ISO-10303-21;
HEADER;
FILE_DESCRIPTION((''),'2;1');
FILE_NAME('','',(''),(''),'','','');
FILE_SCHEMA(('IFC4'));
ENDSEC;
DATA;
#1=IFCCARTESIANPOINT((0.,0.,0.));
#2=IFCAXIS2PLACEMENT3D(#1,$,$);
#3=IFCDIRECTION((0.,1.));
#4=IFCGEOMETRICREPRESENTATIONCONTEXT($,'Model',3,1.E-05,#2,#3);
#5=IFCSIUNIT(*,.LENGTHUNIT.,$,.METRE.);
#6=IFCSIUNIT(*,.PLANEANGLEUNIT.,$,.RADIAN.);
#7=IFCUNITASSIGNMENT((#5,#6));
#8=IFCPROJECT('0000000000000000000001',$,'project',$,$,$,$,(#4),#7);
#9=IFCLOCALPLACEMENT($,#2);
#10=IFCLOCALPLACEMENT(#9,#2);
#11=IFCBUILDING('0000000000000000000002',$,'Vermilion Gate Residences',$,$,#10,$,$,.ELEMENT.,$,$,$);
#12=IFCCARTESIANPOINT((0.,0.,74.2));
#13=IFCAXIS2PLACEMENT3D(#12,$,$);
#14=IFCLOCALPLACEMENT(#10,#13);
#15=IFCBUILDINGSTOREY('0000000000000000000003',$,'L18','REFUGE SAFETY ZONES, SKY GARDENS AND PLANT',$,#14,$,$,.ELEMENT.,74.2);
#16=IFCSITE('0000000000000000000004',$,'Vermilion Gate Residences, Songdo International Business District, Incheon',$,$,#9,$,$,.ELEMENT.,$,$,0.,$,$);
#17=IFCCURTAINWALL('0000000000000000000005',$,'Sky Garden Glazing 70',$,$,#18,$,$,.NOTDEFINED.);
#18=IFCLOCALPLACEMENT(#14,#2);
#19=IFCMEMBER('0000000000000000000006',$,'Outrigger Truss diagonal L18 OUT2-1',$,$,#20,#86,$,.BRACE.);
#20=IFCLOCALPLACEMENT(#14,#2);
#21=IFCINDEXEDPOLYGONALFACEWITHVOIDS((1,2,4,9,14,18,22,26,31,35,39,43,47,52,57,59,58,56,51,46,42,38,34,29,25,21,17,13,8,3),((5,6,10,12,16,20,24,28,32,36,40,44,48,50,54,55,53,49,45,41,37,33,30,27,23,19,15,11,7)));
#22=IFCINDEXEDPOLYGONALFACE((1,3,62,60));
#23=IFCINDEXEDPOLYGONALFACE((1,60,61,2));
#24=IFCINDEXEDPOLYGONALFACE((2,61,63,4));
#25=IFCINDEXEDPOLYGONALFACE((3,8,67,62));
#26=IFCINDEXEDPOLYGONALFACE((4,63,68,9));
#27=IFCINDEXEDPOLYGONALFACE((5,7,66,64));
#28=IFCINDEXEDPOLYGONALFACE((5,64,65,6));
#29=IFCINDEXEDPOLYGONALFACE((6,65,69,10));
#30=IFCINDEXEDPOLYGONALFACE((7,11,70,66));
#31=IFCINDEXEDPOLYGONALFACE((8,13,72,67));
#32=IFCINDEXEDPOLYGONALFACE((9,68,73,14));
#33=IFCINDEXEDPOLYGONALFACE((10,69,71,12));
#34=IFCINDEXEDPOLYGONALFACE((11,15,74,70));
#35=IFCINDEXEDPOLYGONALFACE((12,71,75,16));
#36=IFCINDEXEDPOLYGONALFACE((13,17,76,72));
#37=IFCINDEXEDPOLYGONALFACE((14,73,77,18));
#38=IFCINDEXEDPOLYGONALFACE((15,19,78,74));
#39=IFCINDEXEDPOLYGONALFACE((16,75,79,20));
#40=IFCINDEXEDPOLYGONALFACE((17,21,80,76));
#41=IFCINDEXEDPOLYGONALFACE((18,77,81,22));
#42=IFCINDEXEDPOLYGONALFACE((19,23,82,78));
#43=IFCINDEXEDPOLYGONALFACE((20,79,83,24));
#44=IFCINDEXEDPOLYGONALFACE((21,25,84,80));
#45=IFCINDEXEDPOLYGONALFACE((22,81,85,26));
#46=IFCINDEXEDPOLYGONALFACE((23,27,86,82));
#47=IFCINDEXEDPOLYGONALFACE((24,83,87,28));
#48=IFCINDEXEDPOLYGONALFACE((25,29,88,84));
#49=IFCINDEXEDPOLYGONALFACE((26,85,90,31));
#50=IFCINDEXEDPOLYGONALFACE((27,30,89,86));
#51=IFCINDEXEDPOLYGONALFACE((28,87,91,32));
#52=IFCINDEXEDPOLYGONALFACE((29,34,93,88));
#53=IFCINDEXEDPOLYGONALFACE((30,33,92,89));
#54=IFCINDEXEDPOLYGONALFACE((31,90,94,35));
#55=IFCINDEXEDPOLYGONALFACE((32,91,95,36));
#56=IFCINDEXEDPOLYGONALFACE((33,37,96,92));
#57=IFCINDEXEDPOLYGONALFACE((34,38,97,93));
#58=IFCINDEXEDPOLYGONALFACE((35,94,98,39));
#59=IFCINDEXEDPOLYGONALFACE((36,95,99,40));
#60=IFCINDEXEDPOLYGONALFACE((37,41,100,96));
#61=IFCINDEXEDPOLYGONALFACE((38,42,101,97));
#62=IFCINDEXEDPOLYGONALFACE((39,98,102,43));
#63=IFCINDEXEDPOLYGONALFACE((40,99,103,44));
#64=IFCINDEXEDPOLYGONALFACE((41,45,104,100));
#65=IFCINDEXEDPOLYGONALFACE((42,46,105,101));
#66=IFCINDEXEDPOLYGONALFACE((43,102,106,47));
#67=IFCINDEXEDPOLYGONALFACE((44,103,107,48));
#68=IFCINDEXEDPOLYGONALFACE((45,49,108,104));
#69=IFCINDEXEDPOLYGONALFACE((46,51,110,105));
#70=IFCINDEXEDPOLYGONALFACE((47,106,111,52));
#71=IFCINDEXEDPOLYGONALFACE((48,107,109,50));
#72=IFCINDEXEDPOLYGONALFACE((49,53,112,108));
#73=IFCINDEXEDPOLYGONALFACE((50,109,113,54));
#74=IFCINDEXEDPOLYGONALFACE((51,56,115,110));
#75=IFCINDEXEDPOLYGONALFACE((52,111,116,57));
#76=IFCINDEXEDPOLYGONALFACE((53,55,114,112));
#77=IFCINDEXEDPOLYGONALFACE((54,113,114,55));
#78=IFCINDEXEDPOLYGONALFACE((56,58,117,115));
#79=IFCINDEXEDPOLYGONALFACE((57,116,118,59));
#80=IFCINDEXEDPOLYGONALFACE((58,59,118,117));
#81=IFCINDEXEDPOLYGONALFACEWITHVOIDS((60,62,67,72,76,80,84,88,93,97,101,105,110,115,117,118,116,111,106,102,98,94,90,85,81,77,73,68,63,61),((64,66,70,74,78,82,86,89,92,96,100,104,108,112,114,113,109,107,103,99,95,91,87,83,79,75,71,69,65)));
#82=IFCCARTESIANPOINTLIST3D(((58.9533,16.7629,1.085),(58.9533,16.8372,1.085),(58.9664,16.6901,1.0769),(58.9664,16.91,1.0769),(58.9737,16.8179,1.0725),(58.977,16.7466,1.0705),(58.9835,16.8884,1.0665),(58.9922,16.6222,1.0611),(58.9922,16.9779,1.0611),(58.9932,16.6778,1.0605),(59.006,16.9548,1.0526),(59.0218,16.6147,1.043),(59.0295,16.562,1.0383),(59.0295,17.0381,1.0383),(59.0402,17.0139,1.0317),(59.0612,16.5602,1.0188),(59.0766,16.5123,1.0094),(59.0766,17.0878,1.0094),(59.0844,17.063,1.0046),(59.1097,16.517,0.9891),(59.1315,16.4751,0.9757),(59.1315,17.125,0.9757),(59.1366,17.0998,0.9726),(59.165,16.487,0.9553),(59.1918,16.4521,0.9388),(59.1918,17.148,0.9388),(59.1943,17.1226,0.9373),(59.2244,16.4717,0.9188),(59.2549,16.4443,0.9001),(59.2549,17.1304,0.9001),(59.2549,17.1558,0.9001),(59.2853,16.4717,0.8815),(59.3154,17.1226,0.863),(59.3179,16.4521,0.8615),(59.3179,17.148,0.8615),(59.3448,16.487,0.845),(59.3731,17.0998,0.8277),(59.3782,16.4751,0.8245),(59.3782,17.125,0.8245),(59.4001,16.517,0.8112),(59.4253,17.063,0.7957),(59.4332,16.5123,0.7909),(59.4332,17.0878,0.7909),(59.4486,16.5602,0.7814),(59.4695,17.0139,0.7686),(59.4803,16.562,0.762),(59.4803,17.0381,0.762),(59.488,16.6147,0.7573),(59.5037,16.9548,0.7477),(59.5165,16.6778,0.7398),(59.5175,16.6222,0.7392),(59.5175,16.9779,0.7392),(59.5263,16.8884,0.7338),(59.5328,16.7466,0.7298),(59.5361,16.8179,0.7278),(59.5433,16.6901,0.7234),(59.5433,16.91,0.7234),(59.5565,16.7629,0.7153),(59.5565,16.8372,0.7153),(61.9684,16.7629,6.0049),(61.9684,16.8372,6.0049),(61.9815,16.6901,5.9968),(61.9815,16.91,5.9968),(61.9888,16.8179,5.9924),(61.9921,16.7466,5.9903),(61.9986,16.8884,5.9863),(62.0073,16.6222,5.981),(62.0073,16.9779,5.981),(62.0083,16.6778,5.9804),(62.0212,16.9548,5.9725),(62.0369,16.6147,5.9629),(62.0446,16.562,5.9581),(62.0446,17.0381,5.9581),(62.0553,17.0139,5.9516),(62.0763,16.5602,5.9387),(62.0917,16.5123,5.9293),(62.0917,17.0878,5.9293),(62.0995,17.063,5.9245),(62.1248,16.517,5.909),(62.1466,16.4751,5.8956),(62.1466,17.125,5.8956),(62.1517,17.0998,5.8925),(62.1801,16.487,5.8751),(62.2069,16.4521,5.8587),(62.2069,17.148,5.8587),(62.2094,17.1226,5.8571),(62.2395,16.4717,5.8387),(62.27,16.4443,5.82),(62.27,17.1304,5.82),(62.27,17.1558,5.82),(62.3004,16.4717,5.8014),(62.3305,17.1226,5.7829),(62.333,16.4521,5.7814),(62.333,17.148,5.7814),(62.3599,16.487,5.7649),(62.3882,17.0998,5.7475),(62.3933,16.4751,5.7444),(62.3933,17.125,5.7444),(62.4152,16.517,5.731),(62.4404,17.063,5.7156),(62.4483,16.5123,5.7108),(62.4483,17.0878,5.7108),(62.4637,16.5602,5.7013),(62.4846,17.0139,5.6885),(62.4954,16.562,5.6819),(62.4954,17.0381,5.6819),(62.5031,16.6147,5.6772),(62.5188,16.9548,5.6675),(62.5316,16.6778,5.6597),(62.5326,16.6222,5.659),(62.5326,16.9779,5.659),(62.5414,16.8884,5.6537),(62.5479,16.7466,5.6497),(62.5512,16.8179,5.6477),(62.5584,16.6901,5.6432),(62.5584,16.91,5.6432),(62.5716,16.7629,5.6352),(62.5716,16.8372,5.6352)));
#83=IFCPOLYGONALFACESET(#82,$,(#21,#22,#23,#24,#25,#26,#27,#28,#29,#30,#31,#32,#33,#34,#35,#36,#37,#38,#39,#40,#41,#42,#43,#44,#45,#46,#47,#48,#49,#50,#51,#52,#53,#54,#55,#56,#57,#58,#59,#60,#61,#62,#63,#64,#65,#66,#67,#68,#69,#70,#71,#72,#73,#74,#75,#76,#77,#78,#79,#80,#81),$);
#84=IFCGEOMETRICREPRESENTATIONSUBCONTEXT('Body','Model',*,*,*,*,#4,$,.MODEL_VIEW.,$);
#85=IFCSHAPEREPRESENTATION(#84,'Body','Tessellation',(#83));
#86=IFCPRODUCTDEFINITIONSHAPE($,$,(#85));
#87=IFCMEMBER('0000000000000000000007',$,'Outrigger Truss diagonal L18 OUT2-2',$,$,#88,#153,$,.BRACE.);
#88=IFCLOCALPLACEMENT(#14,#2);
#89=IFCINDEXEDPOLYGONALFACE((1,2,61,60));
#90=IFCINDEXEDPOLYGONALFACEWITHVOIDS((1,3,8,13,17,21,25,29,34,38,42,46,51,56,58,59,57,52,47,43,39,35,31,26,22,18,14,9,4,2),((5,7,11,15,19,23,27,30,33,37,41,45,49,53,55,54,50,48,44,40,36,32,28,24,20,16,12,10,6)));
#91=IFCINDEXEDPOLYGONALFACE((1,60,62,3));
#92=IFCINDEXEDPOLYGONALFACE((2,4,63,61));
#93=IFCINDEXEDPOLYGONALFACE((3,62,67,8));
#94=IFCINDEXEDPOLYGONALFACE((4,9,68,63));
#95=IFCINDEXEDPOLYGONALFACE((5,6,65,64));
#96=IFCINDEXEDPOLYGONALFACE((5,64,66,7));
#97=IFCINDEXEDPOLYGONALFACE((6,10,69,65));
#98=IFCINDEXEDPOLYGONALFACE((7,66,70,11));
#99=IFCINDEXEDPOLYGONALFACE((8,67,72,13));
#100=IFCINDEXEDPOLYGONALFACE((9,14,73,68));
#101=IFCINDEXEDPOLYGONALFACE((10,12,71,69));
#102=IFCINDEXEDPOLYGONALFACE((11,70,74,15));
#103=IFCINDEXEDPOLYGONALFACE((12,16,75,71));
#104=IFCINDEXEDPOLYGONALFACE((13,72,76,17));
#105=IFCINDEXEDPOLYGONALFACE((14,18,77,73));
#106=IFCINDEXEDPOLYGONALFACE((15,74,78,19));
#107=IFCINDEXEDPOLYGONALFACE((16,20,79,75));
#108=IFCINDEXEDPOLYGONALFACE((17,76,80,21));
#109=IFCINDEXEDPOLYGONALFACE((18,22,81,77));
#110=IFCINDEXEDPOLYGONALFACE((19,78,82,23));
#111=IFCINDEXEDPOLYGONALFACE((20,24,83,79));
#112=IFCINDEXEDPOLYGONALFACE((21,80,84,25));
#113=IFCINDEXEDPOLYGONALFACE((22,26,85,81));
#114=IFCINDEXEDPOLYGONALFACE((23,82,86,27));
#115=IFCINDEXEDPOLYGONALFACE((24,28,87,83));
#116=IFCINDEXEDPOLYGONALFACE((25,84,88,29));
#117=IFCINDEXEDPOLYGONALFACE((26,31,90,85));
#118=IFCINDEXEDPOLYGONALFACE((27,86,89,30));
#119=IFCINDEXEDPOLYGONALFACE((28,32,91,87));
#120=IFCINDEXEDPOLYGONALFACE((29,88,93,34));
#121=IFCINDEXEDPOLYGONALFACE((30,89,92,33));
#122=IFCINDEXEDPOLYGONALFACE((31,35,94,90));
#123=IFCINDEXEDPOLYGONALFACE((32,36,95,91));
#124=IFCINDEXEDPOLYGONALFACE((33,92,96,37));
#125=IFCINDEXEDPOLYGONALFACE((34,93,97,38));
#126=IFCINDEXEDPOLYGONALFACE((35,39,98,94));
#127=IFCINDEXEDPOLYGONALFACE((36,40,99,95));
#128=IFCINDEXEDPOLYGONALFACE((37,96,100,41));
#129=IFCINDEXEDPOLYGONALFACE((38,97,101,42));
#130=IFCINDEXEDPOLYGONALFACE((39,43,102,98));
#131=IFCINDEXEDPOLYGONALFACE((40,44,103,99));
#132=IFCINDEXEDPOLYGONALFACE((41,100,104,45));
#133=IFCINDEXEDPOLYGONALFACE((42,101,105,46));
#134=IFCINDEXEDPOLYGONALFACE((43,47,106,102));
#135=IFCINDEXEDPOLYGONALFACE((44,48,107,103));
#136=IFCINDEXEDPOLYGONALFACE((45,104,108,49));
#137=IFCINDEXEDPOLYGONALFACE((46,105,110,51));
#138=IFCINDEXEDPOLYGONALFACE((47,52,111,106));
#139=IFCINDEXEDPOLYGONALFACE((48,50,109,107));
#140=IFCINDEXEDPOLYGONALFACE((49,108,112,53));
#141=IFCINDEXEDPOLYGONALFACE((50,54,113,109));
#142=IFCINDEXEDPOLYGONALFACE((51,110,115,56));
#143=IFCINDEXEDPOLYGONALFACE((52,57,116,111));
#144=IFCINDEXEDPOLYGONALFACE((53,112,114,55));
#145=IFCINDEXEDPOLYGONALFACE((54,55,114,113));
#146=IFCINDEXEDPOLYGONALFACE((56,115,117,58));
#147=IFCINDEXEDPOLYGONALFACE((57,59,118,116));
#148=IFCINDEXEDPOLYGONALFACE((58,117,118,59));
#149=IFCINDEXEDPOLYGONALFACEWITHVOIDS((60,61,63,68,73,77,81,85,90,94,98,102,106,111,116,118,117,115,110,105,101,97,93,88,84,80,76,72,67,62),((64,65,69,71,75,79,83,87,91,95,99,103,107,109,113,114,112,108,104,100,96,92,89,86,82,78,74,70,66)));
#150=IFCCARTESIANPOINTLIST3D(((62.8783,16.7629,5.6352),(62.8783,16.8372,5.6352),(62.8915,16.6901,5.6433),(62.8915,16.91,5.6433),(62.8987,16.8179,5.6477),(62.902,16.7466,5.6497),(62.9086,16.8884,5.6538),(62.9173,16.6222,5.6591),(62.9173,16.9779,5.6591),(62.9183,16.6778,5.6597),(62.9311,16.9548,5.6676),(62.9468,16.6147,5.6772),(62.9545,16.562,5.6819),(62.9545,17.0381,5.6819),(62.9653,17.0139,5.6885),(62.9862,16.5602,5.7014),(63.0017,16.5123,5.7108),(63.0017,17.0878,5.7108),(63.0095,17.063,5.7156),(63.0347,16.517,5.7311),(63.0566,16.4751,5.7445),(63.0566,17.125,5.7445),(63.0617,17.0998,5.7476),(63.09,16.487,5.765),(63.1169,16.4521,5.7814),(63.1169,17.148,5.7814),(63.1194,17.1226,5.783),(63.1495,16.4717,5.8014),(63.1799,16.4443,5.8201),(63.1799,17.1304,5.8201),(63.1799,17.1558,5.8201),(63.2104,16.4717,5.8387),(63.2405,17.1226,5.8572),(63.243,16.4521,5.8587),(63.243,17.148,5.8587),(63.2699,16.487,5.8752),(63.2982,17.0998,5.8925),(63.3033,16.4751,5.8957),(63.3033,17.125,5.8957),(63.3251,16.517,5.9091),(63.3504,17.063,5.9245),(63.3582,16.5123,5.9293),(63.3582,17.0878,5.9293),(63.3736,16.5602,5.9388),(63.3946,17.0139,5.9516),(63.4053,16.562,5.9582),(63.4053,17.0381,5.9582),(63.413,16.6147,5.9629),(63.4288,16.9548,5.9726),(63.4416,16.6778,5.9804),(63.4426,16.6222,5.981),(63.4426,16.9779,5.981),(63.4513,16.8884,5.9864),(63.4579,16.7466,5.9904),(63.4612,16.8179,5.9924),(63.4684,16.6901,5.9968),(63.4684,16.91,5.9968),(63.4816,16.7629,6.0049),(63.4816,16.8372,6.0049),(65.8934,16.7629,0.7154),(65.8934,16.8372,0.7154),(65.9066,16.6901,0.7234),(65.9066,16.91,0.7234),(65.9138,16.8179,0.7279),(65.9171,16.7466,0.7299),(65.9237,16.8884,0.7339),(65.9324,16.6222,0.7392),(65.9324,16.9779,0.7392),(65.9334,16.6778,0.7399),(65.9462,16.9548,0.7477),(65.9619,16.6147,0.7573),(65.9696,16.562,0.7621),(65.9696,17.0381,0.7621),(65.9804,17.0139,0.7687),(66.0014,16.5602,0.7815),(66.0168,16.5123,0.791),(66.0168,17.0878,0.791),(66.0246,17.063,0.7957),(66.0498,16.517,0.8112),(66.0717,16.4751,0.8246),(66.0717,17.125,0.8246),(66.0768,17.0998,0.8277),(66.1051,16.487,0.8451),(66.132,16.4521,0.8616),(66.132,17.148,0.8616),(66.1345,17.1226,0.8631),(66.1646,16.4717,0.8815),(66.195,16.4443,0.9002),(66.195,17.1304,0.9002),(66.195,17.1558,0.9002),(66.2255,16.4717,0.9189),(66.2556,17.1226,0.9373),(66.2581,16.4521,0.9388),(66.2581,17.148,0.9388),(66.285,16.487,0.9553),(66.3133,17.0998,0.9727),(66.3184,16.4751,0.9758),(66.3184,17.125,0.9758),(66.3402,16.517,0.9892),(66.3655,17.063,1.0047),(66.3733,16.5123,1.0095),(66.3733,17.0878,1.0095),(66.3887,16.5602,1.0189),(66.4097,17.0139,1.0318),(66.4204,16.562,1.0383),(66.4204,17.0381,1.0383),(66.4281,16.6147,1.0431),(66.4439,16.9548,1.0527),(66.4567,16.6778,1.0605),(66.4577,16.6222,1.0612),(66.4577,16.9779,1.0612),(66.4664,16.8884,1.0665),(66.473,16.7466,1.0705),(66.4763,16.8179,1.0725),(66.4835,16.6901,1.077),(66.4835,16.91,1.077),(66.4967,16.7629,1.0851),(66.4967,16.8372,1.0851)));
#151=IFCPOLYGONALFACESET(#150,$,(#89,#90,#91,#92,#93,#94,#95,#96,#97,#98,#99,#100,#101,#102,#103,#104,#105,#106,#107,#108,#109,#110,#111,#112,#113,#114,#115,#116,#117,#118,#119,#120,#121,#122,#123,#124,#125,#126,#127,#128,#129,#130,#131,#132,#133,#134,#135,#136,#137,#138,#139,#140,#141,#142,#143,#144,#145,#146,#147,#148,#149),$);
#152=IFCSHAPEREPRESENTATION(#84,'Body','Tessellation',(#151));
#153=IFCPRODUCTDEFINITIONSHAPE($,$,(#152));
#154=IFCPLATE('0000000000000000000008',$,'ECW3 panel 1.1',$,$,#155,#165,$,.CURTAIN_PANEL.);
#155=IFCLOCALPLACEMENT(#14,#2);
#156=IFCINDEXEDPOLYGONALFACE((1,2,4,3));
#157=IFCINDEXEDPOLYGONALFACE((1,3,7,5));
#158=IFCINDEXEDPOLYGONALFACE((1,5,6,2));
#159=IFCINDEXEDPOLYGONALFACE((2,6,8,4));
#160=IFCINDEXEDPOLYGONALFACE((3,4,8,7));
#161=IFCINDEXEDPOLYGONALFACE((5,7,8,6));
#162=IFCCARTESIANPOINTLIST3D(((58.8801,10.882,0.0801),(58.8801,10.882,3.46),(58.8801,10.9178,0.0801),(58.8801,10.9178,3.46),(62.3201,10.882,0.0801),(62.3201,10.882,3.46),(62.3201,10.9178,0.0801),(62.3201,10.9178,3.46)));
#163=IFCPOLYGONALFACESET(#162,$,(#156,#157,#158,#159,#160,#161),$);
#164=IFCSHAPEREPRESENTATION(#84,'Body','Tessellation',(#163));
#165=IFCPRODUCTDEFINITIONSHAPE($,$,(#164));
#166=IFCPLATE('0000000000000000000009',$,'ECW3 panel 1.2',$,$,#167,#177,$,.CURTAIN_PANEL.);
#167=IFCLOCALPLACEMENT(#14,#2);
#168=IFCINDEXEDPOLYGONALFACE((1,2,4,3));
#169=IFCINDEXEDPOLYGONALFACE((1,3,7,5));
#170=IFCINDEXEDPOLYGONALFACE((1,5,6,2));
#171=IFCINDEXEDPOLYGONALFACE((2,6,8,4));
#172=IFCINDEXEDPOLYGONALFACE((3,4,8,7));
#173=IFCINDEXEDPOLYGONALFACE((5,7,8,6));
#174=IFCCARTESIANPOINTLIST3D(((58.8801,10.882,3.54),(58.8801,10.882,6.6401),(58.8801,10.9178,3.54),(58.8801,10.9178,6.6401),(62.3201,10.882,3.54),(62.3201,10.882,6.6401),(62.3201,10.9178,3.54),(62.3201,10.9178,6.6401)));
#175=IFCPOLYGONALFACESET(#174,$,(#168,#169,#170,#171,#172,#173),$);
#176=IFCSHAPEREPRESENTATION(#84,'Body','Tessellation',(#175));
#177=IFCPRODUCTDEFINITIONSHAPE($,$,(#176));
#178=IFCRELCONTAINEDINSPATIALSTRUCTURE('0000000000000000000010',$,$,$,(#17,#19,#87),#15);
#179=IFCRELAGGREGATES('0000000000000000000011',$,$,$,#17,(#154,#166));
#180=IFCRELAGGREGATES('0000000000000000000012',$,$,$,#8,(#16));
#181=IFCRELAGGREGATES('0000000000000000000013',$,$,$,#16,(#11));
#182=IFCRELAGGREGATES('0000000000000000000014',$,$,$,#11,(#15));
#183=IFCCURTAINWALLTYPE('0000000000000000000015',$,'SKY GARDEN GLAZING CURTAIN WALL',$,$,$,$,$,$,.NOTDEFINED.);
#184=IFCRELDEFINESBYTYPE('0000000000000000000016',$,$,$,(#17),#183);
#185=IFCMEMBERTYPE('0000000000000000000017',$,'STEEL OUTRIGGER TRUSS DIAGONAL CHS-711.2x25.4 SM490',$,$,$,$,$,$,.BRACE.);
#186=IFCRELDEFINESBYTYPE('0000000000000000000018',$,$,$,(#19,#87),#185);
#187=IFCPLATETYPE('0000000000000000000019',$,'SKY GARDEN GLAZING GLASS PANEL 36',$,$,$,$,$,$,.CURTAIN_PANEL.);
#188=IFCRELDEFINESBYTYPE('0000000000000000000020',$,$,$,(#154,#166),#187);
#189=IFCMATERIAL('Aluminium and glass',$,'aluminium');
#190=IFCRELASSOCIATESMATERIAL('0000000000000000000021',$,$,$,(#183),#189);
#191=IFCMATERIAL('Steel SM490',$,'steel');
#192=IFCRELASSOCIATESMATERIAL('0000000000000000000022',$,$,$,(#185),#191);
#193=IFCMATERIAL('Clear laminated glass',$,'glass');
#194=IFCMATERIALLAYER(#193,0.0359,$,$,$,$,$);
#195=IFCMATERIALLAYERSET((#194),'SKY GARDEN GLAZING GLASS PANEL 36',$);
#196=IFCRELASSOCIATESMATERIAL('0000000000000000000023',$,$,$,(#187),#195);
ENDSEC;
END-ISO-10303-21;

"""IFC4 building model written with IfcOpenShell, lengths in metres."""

from ifc_helpers import new_model, si_unit, direction, frame, origin, origin_2d, place, context, subcontext, project, spatial, rectangle, hollow_circle, extrude, material, layer, layer_set, material_profile, profile_set, type_object, element, aggregate, save


model = new_model("IFC4")

# Units and contexts
model_context = context("Model", 3, precision=1e-05, world=origin(), true_north=direction((0.0, 1.0)))
body_context = subcontext(model_context, "Body", "Model", "MODEL_VIEW")
ifc_project = project(units=[si_unit("LENGTHUNIT", "METRE"), si_unit("PLANEANGLEUNIT", "RADIAN")], contexts=[model_context])

# Site, building, storey
site_placement = place(None, origin())
site = spatial("IfcSite", under=ifc_project, at=site_placement, Name="Vermilion Gate Residences, Songdo International Business District, Incheon", CompositionType="ELEMENT", RefElevation=0.0)
building_placement = place(site_placement, origin())
building = spatial("IfcBuilding", under=site, at=building_placement, Name="Vermilion Gate Residences", CompositionType="ELEMENT")
storey_placement = place(building_placement, frame((0.0, 0.0, 74.2)))
storey = spatial("IfcBuildingStorey", under=building, at=storey_placement, Name="L18", Description="REFUGE SAFETY ZONES, SKY GARDENS AND PLANT", CompositionType="ELEMENT", Elevation=74.2)

# Curtain wall
ifc_material_1 = material(Name="Aluminium and glass", Category="aluminium")
curtain_wall_type = type_object("IfcCurtainWallType", Name="SKY GARDEN GLAZING CURTAIN WALL", PredefinedType="NOTDEFINED", material=ifc_material_1)
curtain_wall_placement = place(storey_placement, origin())
curtain_wall = element("IfcCurtainWall", 1, at=curtain_wall_placement, inside=storey, type_object=curtain_wall_type, Name="Sky Garden Glazing 70", PredefinedType="NOTDEFINED")

# Members
ifc_material_2 = material(Name="Steel SM490", Category="steel")
ifc_material_profile_1 = material_profile(ifc_material_2, hollow_circle(Radius=0.3557, WallThickness=0.0254, at=origin_2d()), Name="CHS-711.2x25.4")
ifc_profile_set_1 = profile_set([ifc_material_profile_1], Name="Steel SM490")
member_type_1 = type_object("IfcMemberType", Name="STEEL OUTRIGGER TRUSS DIAGONAL CHS-711.2x25.4 SM490", PredefinedType="BRACE", material=ifc_profile_set_1)
for number, where, z_axis, x_axis, name in (
    (2, (59.2549, 16.8, 0.9001), (0.522524, 0.0, 0.852624), (0.0, 1.0, 0.0), "Outrigger Truss diagonal L18 OUT2-1"),
    (3, (63.1799, 16.8, 5.8201), (0.522524, 0.0, -0.852624), (0.0, 1.0, 0.0), "Outrigger Truss diagonal L18 OUT2-2"),
):
    element("IfcMember", number, at=place(storey_placement, frame(where, z_axis=z_axis, x_axis=x_axis)), inside=storey, type_object=member_type_1, Name=name, PredefinedType="BRACE", context=body_context, shape_type="SweptSolid", body=[
        extrude(hollow_circle(Radius=0.3557, WallThickness=0.0254, at=origin_2d()), origin(), (0.0, 0.0, 1.0), 5.7703),
    ])

# Plates
ifc_material_3 = material(Name="Clear laminated glass", Category="glass")
ifc_layer_1 = layer(ifc_material_3, 0.0359)
ifc_layer_set_1 = layer_set([ifc_layer_1], Name="SKY GARDEN GLAZING GLASS PANEL 36")
plate_type = type_object("IfcPlateType", Name="SKY GARDEN GLAZING GLASS PANEL 36", PredefinedType="CURTAIN_PANEL", material=ifc_layer_set_1)
plate_1_placement = place(storey_placement, frame((60.6001, 10.8999, 0.0801), z_axis=(0.0, 0.0, 1.0), x_axis=(1.0, 0.0, 0.0)))
plate_1 = element("IfcPlate", 4, at=plate_1_placement, type_object=plate_type, Name="ECW3 panel 1.1", PredefinedType="CURTAIN_PANEL", context=body_context, shape_type="SweptSolid", body=[
    extrude(rectangle(XDim=3.4399, YDim=0.0359, at=origin_2d()), origin(), (0.0, 0.0, 1.0), 3.3799),
])
plate_2_placement = place(storey_placement, frame((60.6001, 10.8999, 3.54), z_axis=(0.0, 0.0, 1.0), x_axis=(1.0, 0.0, 0.0)))
plate_2 = element("IfcPlate", 5, at=plate_2_placement, type_object=plate_type, Name="ECW3 panel 1.2", PredefinedType="CURTAIN_PANEL", context=body_context, shape_type="SweptSolid", body=[
    extrude(rectangle(XDim=3.4399, YDim=0.0359, at=origin_2d()), origin(), (0.0, 0.0, 1.0), 3.1001),
])
aggregate(curtain_wall, [plate_1, plate_2])

save(model, "model.ifc")
